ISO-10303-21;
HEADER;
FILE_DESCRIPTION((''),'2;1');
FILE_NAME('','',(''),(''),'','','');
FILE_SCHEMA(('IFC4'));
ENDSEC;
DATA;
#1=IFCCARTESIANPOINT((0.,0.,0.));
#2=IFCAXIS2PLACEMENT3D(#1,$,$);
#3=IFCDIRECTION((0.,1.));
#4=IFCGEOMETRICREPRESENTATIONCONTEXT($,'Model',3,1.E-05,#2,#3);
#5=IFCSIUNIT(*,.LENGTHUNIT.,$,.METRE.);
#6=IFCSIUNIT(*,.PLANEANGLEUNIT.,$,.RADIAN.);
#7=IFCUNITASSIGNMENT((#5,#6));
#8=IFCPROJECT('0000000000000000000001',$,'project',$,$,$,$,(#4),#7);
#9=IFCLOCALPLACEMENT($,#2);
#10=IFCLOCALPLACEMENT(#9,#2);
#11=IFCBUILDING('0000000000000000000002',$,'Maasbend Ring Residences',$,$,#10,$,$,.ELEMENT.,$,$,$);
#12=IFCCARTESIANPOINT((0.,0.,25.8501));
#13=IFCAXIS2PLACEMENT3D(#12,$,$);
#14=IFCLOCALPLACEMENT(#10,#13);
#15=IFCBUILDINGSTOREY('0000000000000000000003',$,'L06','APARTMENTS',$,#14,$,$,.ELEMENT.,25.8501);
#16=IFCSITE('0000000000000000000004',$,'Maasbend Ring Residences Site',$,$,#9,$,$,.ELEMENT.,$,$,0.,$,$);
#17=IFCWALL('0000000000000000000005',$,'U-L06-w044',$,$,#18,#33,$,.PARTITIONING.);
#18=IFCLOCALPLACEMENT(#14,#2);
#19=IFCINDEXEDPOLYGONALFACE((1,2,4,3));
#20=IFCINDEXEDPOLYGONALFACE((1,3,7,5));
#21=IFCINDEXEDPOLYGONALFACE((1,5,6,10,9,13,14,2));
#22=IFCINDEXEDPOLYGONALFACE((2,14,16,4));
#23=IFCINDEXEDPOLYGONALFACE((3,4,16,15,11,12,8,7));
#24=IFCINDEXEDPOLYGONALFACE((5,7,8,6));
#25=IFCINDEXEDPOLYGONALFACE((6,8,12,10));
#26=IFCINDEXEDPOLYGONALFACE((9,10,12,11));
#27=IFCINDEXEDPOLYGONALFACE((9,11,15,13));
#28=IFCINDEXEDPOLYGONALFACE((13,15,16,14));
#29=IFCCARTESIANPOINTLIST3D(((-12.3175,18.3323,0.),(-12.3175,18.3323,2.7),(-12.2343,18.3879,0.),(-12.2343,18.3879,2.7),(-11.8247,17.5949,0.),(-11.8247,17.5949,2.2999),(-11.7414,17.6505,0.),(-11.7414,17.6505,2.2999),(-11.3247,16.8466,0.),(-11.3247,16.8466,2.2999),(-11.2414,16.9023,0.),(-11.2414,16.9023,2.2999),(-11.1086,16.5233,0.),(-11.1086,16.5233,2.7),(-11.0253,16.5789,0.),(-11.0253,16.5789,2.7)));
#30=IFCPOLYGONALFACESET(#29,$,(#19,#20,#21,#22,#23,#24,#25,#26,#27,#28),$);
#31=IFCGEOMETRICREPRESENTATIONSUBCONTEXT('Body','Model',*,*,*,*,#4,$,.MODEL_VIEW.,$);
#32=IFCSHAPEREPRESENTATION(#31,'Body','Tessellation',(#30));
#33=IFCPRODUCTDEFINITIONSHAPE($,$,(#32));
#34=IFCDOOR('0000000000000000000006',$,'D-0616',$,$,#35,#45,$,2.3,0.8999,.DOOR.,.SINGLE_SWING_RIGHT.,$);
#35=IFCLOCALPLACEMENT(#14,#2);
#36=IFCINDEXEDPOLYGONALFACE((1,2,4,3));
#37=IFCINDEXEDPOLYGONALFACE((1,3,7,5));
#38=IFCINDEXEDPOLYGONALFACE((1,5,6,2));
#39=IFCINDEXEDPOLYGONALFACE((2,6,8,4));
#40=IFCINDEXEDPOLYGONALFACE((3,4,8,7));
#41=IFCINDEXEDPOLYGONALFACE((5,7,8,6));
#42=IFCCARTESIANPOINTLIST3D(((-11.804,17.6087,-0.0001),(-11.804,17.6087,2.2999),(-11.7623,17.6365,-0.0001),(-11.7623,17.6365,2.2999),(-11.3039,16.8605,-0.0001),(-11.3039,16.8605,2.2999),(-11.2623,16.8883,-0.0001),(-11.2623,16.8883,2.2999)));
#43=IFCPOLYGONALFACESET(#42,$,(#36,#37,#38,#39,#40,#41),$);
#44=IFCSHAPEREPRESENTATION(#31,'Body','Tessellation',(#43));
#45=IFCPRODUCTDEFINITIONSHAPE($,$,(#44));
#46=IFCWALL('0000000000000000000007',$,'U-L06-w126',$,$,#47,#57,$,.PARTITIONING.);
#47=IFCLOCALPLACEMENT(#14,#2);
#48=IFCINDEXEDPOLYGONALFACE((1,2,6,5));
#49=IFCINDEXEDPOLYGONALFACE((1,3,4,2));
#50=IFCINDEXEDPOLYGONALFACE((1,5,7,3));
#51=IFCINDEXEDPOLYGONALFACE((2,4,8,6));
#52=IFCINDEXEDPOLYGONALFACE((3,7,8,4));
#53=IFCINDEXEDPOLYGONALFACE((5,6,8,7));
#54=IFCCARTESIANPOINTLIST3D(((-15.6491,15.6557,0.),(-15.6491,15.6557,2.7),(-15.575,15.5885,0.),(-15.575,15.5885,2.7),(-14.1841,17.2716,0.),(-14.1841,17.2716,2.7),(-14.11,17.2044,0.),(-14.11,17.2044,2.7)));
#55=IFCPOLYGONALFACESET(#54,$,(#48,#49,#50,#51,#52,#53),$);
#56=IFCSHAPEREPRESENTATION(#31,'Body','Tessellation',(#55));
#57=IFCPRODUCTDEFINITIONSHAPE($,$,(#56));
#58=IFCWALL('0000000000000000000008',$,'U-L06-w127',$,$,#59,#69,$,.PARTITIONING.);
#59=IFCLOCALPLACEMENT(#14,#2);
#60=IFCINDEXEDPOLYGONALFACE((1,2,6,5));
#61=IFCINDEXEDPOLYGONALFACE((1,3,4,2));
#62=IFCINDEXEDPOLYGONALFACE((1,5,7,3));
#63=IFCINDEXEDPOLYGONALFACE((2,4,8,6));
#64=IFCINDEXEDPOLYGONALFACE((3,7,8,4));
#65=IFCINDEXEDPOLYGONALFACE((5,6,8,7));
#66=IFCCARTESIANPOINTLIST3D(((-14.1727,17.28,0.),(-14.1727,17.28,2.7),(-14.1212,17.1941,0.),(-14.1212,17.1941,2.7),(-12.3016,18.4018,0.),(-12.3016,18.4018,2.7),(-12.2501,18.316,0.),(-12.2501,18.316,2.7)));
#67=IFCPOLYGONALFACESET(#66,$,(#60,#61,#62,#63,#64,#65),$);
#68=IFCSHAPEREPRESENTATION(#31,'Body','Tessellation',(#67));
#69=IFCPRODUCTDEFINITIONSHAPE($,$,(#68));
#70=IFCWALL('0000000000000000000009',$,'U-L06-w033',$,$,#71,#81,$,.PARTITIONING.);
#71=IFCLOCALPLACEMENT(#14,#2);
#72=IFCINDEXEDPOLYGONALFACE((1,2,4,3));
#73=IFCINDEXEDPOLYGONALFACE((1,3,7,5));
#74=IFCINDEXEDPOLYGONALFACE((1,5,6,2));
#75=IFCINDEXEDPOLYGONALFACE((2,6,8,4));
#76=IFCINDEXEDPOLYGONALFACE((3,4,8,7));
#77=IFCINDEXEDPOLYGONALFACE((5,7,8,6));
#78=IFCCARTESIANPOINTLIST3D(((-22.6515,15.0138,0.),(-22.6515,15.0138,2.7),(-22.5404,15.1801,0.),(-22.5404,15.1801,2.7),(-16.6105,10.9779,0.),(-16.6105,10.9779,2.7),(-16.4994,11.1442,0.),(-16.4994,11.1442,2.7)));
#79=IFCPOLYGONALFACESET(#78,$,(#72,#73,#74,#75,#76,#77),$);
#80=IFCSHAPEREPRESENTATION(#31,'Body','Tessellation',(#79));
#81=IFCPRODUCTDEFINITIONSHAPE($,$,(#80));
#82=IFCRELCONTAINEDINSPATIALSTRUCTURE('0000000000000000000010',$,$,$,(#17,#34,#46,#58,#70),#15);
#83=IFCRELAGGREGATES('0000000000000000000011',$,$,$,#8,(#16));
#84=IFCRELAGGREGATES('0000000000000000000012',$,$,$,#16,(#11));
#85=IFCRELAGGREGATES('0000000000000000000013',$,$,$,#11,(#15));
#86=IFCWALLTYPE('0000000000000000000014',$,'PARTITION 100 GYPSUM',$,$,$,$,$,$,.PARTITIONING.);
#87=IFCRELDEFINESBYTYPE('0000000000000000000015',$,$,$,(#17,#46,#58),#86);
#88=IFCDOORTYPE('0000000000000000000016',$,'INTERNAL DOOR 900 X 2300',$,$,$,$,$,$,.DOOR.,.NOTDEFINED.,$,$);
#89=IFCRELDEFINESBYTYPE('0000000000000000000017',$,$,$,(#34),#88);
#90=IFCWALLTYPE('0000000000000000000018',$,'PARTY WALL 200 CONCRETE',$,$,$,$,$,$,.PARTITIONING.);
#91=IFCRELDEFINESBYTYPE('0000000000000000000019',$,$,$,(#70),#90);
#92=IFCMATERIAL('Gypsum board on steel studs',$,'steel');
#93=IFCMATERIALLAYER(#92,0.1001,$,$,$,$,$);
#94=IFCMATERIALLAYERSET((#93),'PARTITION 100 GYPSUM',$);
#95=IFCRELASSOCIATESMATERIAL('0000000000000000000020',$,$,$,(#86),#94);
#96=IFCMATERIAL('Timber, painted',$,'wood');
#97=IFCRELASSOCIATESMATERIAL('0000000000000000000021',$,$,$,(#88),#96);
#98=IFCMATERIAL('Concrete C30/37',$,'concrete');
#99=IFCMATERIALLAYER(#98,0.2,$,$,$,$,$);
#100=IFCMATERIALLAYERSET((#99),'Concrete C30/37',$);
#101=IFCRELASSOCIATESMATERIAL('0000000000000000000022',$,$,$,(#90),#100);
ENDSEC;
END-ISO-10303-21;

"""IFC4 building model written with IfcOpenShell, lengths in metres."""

from ifc_helpers import new_model, si_unit, direction, frame, frame_2d, origin, place, context, subcontext, project, spatial, rectangle, extrude, material, layer, layer_set, type_object, element, fill, save


model = new_model("IFC4")

# Units and contexts
model_context = context("Model", 3, precision=1e-05, world=origin(), true_north=direction((0.0, 1.0)))
body_context = subcontext(model_context, "Body", "Model", "MODEL_VIEW")
ifc_project = project(units=[si_unit("LENGTHUNIT", "METRE"), si_unit("PLANEANGLEUNIT", "RADIAN")], contexts=[model_context])

# Site, building, storey
site_placement = place(None, origin())
site = spatial("IfcSite", under=ifc_project, at=site_placement, Name="Maasbend Ring Residences Site", CompositionType="ELEMENT", RefElevation=0.0)
building_placement = place(site_placement, origin())
building = spatial("IfcBuilding", under=site, at=building_placement, Name="Maasbend Ring Residences", CompositionType="ELEMENT")
storey_placement = place(building_placement, frame((0.0, 0.0, 25.8501)))
storey = spatial("IfcBuildingStorey", under=building, at=storey_placement, Name="L06", Description="APARTMENTS", CompositionType="ELEMENT", Elevation=25.8501)

# Wall, opening, door
ifc_material_1 = material(Name="Gypsum board on steel studs", Category="steel")
ifc_layer_1 = layer(ifc_material_1, 0.1001)
ifc_layer_set_1 = layer_set([ifc_layer_1], Name="PARTITION 100 GYPSUM")
wall_type_1 = type_object("IfcWallType", Name="PARTITION 100 GYPSUM", PredefinedType="PARTITIONING", material=ifc_layer_set_1)
ifc_material_2 = material(Name="Timber, painted", Category="wood")
door_type_1 = type_object("IfcDoorType", Name="INTERNAL DOOR 900 X 2300", OperationType="NOTDEFINED", PredefinedType="DOOR", material=ifc_material_2)
wall_1_placement = place(storey_placement, frame((-12.2759, 18.3601, 0.0), z_axis=(0.0, 0.0, 1.0), x_axis=(0.555632, -0.831428, 0.0)))
wall_1 = element("IfcWall", 1, at=wall_1_placement, inside=storey, type_object=wall_type_1, Name="U-L06-w044", PredefinedType="PARTITIONING", context=body_context, shape_type="SweptSolid", body=[
    extrude(rectangle(XDim=2.1758, YDim=0.1001, at=frame_2d((1.0879, 0.0))), origin(), (0.0, 0.0, 1.0), 2.7),
])
opening_1_placement = place(wall_1_placement, frame((0.887, 0.0, 0.0)))
opening_1 = element("IfcOpeningElement", 2, at=opening_1_placement, cuts=wall_1, PredefinedType="OPENING", context=body_context, shape_type="SweptSolid", body=[
    extrude(rectangle(XDim=0.8999, YDim=2.3, at=frame_2d((0.45, 1.1499))), frame((0.0, 0.0601, 0.0), z_axis=(0.0, -1.0, 0.0), x_axis=(1.0, 0.0, 0.0)), (0.0, 0.0, 1.0), 0.1201),
])
door_1_placement = place(opening_1_placement, origin())
door_1 = element("IfcDoor", 3, at=door_1_placement, inside=storey, type_object=door_type_1, Name="D-0616", OperationType="SINGLE_SWING_RIGHT", OverallHeight=2.3, OverallWidth=0.8999, PredefinedType="DOOR", context=body_context, shape_type="SweptSolid", body=[
    extrude(rectangle(XDim=0.8999, YDim=2.3, at=frame_2d((0.45, 1.1499))), frame((0.0, 0.0249, 0.0), z_axis=(0.0, -1.0, 0.0), x_axis=(1.0, 0.0, 0.0)), (0.0, 0.0, 1.0), 0.05),
])
fill(opening_1, door_1)

# Walls
wall_2_placement = place(storey_placement, frame((-15.6121, 15.6221, 0.0), z_axis=(0.0, 0.0, 1.0), x_axis=(0.671675, 0.740846, 0.0)))
element("IfcWall", 4, at=wall_2_placement, inside=storey, type_object=wall_type_1, Name="U-L06-w126", PredefinedType="PARTITIONING", context=body_context, shape_type="SweptSolid", body=[
    extrude(rectangle(XDim=2.1812, YDim=0.1001, at=frame_2d((1.0906, 0.0))), origin(), (0.0, 0.0, 1.0), 2.7),
])
wall_3_placement = place(storey_placement, frame((-14.147, 17.2371, 0.0), z_axis=(0.0, 0.0, 1.0), x_axis=(0.857661, 0.514216, 0.0)))
element("IfcWall", 5, at=wall_3_placement, inside=storey, type_object=wall_type_1, Name="U-L06-w127", PredefinedType="PARTITIONING", context=body_context, shape_type="SweptSolid", body=[
    extrude(rectangle(XDim=2.1816, YDim=0.1001, at=frame_2d((1.0908, 0.0))), origin(), (0.0, 0.0, 1.0), 2.7),
])
ifc_material_3 = material(Name="Concrete C30/37", Category="concrete")
ifc_layer_2 = layer(ifc_material_3, 0.2)
ifc_layer_set_2 = layer_set([ifc_layer_2], Name="Concrete C30/37")
wall_type_2 = type_object("IfcWallType", Name="PARTY WALL 200 CONCRETE", PredefinedType="PARTITIONING", material=ifc_layer_set_2)
wall_4_placement = place(storey_placement, frame((-22.5959, 15.0969, 0.0), z_axis=(0.0, 0.0, 1.0), x_axis=(0.831507, -0.555514, 0.0)))
element("IfcWall", 6, at=wall_4_placement, inside=storey, type_object=wall_type_2, Name="U-L06-w033", PredefinedType="PARTITIONING", context=body_context, shape_type="SweptSolid", body=[
    extrude(rectangle(XDim=7.2651, YDim=0.2, at=frame_2d((3.6326, 0.0))), origin(), (0.0, 0.0, 1.0), 2.7),
])

save(model, "model.ifc")
